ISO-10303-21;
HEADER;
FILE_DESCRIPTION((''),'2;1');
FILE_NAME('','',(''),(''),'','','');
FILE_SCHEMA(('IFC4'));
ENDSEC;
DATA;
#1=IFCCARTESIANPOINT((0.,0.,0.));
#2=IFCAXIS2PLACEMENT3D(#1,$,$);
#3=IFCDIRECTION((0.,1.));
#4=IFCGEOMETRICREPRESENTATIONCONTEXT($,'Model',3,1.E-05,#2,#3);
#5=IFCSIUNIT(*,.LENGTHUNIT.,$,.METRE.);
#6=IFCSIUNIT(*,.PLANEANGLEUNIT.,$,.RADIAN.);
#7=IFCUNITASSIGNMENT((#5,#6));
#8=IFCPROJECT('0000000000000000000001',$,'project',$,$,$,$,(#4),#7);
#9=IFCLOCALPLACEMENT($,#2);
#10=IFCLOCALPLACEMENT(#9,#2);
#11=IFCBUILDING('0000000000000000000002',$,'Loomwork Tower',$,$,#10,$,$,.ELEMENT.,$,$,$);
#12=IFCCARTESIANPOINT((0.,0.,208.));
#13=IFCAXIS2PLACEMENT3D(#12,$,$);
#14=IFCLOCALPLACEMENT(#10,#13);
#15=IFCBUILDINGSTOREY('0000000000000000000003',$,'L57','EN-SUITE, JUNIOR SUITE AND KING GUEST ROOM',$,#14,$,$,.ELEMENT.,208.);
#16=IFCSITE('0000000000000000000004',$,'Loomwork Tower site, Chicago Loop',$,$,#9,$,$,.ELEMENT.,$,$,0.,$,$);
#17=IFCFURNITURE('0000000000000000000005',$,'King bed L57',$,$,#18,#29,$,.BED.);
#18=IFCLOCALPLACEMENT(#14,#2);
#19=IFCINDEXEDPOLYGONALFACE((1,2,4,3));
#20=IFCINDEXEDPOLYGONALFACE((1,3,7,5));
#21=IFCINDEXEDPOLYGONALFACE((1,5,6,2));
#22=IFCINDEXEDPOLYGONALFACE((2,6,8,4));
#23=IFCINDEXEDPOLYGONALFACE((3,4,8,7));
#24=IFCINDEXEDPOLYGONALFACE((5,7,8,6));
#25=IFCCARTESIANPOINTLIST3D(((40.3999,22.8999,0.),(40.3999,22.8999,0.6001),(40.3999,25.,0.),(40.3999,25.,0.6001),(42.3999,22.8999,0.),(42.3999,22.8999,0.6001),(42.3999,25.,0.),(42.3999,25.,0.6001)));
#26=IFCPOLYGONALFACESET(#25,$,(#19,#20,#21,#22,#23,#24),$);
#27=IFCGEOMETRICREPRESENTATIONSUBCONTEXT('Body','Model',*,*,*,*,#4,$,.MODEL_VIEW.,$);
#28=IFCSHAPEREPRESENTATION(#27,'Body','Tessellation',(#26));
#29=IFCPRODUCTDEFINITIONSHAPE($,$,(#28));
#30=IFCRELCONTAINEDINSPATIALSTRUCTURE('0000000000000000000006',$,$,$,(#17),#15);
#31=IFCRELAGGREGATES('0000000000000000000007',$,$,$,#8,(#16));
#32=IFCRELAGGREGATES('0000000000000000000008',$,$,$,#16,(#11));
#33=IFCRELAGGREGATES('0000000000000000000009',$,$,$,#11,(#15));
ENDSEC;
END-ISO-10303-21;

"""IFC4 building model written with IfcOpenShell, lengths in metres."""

from ifc_helpers import new_model, si_unit, direction, frame, origin, origin_2d, place, context, subcontext, project, spatial, rectangle, extrude, element, save


model = new_model("IFC4")

# Units and contexts
model_context = context("Model", 3, precision=1e-05, world=origin(), true_north=direction((0.0, 1.0)))
body_context = subcontext(model_context, "Body", "Model", "MODEL_VIEW")
ifc_project = project(units=[si_unit("LENGTHUNIT", "METRE"), si_unit("PLANEANGLEUNIT", "RADIAN")], contexts=[model_context])

# Site, building, storey
site_placement = place(None, origin())
site = spatial("IfcSite", under=ifc_project, at=site_placement, Name="Loomwork Tower site, Chicago Loop", CompositionType="ELEMENT", RefElevation=0.0)
building_placement = place(site_placement, origin())
building = spatial("IfcBuilding", under=site, at=building_placement, Name="Loomwork Tower", CompositionType="ELEMENT")
storey_placement = place(building_placement, frame((0.0, 0.0, 208.0)))
storey = spatial("IfcBuildingStorey", under=building, at=storey_placement, Name="L57", Description="EN-SUITE, JUNIOR SUITE AND KING GUEST ROOM", CompositionType="ELEMENT", Elevation=208.0)

# Furniture
furniture_placement = place(storey_placement, frame((41.3999, 23.95, 0.0), z_axis=(0.0, 0.0, 1.0), x_axis=(1.0, 0.0, 0.0)))
element("IfcFurniture", 1, at=furniture_placement, inside=storey, Name="King bed L57", PredefinedType="BED", context=body_context, shape_type="SweptSolid", body=[
    extrude(rectangle(XDim=2.0, YDim=2.1001, at=origin_2d()), origin(), (0.0, 0.0, 1.0), 0.6001),
])

save(model, "model.ifc")
